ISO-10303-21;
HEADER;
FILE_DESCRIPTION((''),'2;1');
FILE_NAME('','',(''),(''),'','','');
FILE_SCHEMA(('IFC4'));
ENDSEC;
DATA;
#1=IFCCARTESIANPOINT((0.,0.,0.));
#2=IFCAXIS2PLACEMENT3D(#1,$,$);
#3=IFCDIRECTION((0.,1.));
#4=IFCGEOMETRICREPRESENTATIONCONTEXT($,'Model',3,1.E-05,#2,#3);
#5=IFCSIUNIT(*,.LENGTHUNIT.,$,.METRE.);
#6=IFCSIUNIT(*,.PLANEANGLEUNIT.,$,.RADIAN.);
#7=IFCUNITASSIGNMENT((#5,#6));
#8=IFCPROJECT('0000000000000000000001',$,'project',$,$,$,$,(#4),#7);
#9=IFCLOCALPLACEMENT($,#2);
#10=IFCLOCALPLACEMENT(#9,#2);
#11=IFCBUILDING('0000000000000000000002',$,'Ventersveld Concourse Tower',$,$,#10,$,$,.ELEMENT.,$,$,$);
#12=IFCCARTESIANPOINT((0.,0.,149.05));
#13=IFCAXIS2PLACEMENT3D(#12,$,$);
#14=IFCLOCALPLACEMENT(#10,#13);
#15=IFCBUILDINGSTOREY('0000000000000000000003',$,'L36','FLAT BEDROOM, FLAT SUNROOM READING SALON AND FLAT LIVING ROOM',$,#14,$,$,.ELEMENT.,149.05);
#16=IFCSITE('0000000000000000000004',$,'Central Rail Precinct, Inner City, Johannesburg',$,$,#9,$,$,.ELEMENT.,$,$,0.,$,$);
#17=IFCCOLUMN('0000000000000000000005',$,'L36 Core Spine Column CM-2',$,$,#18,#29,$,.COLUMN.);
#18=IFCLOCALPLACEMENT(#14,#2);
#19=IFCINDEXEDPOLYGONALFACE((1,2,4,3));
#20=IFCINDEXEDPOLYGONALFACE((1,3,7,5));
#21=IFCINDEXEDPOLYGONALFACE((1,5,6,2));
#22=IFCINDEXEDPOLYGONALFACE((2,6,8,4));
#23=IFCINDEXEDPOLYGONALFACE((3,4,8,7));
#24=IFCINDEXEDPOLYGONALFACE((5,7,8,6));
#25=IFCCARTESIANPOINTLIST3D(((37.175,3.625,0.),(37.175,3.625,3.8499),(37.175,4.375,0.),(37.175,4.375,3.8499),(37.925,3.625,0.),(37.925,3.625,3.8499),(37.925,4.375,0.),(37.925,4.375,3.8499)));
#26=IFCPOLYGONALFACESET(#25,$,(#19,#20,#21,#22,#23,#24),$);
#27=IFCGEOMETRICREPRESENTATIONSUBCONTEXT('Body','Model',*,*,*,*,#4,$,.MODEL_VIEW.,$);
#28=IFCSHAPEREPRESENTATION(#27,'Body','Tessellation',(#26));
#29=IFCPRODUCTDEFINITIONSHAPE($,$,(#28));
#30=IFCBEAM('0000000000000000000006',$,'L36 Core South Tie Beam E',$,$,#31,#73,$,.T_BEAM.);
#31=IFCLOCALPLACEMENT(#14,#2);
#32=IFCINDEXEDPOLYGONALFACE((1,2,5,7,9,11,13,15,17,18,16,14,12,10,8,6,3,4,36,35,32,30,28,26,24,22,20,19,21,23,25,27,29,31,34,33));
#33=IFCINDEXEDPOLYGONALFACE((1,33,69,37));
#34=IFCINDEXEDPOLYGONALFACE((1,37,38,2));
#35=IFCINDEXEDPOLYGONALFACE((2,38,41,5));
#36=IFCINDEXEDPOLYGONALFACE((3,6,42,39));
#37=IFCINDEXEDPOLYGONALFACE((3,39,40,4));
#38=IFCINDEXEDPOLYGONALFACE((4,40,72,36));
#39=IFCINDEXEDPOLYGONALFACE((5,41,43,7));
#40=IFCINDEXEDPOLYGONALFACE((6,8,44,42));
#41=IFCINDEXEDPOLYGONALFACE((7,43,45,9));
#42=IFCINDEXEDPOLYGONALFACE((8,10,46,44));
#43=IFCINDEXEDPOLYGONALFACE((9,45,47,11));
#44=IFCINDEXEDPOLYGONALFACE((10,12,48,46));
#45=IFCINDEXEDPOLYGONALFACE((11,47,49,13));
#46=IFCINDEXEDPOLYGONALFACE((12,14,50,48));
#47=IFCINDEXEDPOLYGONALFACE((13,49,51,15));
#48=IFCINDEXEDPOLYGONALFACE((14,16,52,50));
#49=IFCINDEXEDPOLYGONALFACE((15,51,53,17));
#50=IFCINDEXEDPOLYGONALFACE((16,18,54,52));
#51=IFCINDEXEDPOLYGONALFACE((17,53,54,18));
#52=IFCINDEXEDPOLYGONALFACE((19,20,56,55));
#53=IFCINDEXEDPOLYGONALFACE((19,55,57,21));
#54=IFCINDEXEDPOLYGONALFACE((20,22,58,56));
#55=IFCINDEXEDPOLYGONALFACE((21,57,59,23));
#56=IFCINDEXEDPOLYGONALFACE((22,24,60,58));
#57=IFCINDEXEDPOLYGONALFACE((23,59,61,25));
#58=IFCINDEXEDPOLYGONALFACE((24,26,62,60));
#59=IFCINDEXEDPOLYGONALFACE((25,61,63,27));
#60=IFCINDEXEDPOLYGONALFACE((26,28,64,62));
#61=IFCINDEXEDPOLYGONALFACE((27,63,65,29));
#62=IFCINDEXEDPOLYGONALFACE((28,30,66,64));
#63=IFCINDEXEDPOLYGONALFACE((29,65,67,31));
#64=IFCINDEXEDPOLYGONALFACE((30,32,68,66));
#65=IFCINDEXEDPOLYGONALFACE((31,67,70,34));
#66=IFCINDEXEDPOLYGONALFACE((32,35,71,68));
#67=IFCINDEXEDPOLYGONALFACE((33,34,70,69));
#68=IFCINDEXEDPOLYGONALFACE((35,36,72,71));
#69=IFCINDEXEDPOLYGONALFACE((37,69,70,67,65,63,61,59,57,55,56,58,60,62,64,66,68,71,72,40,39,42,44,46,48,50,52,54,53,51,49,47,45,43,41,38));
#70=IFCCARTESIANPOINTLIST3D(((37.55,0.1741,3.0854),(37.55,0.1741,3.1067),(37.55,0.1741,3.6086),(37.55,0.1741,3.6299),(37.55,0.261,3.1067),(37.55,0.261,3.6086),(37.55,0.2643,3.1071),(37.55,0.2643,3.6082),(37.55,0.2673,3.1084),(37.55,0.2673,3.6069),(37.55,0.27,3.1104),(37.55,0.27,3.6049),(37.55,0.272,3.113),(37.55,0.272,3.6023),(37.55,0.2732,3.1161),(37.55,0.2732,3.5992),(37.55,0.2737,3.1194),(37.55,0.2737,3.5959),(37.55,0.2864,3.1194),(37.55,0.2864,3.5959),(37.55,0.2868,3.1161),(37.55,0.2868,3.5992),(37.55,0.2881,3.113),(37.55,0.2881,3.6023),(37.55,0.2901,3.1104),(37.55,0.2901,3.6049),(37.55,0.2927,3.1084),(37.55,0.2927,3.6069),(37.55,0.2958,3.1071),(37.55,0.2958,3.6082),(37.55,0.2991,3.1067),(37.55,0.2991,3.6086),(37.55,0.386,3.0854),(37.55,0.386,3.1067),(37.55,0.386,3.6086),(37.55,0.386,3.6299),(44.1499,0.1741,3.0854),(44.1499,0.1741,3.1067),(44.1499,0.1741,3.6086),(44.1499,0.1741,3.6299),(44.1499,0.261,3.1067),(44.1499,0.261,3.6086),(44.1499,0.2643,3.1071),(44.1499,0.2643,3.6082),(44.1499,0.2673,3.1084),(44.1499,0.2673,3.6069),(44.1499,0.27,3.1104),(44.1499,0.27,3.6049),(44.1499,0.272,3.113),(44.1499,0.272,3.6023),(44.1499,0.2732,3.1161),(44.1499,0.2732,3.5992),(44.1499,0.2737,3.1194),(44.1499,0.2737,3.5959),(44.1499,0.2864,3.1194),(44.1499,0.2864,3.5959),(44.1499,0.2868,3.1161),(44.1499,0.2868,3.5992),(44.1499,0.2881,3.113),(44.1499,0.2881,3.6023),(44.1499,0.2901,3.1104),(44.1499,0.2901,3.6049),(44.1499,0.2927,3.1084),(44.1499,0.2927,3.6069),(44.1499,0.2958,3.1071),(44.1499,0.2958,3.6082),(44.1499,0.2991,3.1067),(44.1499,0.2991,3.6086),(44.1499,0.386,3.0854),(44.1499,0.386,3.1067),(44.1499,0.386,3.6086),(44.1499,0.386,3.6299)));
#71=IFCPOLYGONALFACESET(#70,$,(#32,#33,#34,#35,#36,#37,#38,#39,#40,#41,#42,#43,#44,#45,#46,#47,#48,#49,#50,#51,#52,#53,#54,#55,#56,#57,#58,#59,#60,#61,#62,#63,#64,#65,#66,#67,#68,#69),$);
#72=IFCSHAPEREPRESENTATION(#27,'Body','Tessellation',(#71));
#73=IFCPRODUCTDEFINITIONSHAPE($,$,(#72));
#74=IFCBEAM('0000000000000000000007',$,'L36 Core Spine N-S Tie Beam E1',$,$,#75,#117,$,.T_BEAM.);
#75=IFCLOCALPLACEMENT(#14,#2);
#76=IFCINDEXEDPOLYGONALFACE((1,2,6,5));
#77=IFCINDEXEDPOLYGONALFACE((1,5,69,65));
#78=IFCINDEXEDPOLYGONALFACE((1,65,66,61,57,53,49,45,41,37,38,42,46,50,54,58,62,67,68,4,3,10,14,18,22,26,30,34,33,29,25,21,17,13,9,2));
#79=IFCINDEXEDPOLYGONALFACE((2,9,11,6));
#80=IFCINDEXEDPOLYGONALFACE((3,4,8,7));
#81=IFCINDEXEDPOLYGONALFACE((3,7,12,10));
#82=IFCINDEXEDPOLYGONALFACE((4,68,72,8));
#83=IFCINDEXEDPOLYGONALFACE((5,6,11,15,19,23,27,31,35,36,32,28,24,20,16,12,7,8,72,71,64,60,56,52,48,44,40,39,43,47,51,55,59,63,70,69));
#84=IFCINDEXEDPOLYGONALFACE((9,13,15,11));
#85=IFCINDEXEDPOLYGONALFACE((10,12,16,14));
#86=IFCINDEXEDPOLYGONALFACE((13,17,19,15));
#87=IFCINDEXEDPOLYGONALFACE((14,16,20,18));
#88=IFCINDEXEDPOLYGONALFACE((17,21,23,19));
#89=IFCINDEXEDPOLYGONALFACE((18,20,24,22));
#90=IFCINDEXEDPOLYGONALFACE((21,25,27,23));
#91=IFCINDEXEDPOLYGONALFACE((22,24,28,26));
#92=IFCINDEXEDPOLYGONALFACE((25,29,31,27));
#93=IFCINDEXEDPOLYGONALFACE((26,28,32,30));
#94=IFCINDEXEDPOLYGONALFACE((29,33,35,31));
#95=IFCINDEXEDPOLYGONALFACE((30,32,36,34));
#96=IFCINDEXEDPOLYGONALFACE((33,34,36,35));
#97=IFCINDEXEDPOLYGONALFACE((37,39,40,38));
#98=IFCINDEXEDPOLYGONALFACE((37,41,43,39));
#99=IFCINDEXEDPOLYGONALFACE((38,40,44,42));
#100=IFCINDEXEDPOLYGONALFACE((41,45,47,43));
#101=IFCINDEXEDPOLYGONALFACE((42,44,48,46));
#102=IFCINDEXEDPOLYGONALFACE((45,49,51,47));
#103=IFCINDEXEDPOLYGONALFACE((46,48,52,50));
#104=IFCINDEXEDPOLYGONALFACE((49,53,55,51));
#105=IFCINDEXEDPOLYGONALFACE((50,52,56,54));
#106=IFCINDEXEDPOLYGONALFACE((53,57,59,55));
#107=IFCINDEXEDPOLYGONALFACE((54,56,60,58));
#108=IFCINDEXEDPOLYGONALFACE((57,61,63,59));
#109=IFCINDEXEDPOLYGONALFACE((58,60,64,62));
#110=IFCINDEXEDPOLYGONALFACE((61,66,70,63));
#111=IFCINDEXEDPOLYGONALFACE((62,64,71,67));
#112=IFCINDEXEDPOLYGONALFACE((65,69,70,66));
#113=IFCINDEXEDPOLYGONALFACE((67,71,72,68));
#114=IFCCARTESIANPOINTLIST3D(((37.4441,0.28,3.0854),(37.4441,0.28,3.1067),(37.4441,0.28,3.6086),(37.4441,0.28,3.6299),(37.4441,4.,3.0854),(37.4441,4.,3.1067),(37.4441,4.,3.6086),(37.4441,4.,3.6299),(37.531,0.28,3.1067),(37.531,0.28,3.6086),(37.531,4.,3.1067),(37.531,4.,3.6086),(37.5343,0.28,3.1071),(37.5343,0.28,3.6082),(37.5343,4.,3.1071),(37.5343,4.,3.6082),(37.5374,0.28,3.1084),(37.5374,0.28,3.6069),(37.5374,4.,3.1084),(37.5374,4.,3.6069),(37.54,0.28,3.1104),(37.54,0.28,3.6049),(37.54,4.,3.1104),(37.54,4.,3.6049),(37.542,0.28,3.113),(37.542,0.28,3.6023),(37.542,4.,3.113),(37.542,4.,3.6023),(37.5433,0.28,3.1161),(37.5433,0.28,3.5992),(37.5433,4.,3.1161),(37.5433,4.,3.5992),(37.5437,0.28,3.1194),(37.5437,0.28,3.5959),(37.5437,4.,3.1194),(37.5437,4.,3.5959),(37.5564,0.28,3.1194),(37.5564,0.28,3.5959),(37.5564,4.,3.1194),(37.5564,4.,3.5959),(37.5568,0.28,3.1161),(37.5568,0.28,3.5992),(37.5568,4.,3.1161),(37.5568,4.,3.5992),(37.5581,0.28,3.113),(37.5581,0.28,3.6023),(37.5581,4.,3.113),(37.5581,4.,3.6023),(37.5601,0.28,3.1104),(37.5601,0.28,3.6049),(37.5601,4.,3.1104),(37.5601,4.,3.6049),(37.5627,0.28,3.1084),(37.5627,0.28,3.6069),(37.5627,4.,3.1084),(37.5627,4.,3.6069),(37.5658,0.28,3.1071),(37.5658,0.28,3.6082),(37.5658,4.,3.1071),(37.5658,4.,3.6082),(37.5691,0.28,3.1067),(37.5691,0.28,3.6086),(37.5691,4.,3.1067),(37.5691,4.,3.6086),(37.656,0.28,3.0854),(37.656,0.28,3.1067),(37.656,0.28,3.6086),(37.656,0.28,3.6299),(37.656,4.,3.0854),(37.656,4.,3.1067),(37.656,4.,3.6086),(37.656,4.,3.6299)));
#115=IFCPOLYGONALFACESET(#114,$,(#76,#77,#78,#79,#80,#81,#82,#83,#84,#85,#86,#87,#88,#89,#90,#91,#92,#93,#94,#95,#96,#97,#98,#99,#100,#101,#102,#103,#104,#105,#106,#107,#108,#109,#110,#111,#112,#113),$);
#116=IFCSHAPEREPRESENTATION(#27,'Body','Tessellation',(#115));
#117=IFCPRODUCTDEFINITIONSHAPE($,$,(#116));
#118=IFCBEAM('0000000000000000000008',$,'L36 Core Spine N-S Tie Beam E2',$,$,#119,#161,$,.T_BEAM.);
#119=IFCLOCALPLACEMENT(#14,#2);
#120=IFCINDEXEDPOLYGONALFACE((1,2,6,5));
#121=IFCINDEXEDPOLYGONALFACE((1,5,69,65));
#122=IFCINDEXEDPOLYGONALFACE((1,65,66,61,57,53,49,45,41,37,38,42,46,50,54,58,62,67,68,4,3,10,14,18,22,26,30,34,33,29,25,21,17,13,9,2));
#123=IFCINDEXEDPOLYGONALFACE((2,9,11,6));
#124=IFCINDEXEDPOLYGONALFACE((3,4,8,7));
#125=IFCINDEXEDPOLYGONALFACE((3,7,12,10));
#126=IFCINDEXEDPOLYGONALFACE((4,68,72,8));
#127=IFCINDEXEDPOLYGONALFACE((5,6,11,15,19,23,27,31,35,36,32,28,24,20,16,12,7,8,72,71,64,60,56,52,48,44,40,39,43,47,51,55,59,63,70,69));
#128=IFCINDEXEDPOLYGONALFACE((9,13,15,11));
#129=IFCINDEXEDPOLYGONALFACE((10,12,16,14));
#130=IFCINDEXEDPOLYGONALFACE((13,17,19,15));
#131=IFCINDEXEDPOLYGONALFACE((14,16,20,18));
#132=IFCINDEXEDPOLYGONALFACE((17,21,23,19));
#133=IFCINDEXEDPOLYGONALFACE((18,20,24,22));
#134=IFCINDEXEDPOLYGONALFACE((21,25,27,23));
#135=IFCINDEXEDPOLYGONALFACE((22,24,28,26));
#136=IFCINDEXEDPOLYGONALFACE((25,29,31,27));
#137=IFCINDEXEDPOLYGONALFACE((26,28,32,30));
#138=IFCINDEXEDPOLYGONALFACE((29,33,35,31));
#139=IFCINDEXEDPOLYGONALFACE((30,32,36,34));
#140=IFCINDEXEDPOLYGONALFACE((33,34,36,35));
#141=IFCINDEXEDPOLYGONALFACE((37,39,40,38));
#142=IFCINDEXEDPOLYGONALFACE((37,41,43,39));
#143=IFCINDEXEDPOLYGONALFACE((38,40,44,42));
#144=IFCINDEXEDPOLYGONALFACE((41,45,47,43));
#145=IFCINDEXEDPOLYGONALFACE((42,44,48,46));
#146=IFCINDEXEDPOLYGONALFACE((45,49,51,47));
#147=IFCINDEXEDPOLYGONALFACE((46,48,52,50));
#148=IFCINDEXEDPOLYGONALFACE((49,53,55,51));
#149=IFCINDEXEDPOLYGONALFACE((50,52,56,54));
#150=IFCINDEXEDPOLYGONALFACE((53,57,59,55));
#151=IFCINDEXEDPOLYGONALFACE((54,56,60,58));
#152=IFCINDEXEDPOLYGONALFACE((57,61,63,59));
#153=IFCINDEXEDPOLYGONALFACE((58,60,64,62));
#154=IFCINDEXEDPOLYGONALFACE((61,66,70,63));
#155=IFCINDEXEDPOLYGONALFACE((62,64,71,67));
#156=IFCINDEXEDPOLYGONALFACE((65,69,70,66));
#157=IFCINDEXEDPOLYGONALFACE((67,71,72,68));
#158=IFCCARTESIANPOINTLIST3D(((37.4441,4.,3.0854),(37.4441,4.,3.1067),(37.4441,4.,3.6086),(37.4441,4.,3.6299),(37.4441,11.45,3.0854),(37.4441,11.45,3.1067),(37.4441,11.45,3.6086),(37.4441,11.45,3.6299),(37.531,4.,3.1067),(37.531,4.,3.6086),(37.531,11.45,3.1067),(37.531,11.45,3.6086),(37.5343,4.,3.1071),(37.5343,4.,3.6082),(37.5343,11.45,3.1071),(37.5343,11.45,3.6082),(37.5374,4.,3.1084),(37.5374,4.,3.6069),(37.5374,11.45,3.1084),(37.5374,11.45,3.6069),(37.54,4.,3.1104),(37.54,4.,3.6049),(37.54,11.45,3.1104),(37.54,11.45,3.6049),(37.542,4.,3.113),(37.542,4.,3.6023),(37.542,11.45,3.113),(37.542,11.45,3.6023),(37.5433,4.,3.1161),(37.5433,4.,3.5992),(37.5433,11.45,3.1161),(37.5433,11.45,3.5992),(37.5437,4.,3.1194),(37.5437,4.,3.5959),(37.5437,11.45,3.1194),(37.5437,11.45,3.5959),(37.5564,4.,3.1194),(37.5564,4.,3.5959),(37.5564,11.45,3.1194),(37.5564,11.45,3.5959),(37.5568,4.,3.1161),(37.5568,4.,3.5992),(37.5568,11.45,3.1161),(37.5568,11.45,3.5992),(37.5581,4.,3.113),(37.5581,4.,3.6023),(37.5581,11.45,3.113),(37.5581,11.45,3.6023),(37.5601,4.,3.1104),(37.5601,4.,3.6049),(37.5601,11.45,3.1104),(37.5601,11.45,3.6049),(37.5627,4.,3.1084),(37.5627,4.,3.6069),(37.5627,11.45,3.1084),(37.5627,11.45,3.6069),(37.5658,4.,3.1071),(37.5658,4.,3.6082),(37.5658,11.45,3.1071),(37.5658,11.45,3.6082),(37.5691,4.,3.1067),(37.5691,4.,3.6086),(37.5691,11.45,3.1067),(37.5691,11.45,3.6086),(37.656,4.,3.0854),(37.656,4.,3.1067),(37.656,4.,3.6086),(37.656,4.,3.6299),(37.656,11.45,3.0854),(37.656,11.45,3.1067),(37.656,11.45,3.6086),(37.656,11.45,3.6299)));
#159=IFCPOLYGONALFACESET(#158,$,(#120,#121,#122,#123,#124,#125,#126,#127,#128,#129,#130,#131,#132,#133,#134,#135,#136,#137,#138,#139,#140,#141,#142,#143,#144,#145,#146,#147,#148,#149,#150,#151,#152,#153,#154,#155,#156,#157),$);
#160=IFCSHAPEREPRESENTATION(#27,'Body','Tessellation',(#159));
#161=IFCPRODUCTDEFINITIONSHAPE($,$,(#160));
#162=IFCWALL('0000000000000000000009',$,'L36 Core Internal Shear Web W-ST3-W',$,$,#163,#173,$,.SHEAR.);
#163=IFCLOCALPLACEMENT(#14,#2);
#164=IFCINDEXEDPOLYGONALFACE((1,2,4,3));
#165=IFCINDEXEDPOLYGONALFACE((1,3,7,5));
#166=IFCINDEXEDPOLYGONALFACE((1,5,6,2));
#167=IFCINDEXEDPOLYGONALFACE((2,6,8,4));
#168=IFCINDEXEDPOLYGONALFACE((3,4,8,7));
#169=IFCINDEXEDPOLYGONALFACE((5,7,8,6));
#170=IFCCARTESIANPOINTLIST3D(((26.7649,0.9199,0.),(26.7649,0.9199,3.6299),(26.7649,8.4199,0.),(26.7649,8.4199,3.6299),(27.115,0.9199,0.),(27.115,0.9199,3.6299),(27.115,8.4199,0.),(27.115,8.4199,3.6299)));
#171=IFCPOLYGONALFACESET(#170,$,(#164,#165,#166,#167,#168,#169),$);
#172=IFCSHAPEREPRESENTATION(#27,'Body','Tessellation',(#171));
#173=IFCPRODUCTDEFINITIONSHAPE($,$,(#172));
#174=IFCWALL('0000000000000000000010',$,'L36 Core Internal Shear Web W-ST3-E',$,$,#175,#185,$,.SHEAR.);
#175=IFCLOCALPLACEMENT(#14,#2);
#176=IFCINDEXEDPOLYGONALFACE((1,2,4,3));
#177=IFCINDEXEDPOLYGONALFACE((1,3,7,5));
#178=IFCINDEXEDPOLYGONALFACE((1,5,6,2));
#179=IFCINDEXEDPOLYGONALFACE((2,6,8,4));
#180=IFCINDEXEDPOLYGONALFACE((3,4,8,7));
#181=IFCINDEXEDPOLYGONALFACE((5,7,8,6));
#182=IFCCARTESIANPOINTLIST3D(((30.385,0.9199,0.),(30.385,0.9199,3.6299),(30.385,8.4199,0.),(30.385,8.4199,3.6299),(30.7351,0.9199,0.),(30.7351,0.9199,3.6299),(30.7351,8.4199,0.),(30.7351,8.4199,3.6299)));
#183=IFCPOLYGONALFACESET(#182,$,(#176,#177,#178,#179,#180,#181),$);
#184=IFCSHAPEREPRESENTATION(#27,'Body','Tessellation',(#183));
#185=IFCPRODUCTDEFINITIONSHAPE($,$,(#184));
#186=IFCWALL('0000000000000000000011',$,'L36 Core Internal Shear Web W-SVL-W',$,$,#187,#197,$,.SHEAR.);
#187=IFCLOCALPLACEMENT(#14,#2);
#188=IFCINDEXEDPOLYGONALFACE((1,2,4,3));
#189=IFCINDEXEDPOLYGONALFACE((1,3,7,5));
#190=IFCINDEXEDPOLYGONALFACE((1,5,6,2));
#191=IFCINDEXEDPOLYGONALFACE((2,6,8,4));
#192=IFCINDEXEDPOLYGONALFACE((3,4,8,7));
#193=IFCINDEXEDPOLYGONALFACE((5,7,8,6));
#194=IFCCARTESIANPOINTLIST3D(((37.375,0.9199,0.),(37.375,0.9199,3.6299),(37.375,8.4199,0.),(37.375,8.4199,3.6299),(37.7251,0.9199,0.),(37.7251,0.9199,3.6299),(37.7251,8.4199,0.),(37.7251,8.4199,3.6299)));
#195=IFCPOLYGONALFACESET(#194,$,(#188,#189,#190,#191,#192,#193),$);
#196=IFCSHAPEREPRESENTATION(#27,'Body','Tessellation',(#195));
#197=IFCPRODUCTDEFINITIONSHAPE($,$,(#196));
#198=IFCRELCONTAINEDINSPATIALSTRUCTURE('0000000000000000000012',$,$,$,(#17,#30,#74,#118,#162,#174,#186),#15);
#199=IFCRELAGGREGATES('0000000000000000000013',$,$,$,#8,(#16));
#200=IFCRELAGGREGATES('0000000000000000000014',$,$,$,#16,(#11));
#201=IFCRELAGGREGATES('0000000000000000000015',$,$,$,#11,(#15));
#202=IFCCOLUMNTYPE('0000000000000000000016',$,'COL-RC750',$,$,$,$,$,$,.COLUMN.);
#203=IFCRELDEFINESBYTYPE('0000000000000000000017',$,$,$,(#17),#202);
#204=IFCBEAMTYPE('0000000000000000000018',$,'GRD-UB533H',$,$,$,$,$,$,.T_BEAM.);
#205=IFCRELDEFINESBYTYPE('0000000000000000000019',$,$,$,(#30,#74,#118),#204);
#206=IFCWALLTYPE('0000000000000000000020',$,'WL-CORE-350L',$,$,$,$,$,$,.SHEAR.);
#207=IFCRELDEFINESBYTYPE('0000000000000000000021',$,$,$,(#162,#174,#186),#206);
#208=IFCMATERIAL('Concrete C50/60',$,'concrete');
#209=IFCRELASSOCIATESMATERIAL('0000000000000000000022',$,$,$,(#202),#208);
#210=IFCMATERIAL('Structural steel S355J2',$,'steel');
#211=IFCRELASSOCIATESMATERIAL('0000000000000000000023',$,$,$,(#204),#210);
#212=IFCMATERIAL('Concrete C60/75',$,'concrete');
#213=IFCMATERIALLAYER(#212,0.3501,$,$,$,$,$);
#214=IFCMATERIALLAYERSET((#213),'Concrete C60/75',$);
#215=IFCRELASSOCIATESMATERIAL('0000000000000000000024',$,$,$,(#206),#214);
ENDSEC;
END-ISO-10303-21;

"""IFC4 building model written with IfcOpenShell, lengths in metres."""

from ifc_helpers import new_model, si_unit, direction, frame, frame_2d, origin, origin_2d, place, context, subcontext, project, spatial, rectangle, i_section, extrude, material, layer, layer_set, material_profile, profile_set, type_object, element, save


model = new_model("IFC4")

# Units and contexts
model_context = context("Model", 3, precision=1e-05, world=origin(), true_north=direction((0.0, 1.0)))
body_context = subcontext(model_context, "Body", "Model", "MODEL_VIEW")
ifc_project = project(units=[si_unit("LENGTHUNIT", "METRE"), si_unit("PLANEANGLEUNIT", "RADIAN")], contexts=[model_context])

# Site, building, storey
site_placement = place(None, origin())
site = spatial("IfcSite", under=ifc_project, at=site_placement, Name="Central Rail Precinct, Inner City, Johannesburg", CompositionType="ELEMENT", RefElevation=0.0)
building_placement = place(site_placement, origin())
building = spatial("IfcBuilding", under=site, at=building_placement, Name="Ventersveld Concourse Tower", CompositionType="ELEMENT")
storey_placement = place(building_placement, frame((0.0, 0.0, 149.05)))
storey = spatial("IfcBuildingStorey", under=building, at=storey_placement, Name="L36", Description="FLAT BEDROOM, FLAT SUNROOM READING SALON AND FLAT LIVING ROOM", CompositionType="ELEMENT", Elevation=149.05)

# Column
ifc_material_1 = material(Name="Concrete C50/60", Category="concrete")
ifc_material_profile_1 = material_profile(ifc_material_1, rectangle(XDim=0.75, YDim=0.75, at=origin_2d()), Name="RC 750x750")
ifc_profile_set_1 = profile_set([ifc_material_profile_1], Name="Concrete C50/60")
column_type = type_object("IfcColumnType", Name="COL-RC750", PredefinedType="COLUMN", material=ifc_profile_set_1)
column_placement = place(storey_placement, frame((37.55, 4.0, 0.0), z_axis=(0.0, 0.0, 1.0), x_axis=(1.0, 0.0, 0.0)))
element("IfcColumn", 1, at=column_placement, inside=storey, type_object=column_type, Name="L36 Core Spine Column CM-2", PredefinedType="COLUMN", context=body_context, shape_type="SweptSolid", body=[
    extrude(rectangle(XDim=0.75, YDim=0.75, at=origin_2d()), origin(), (0.0, 0.0, 1.0), 3.8499),
])

# Beams
ifc_material_2 = material(Name="Structural steel S355J2", Category="steel")
ifc_material_profile_2 = material_profile(ifc_material_2, i_section(OverallWidth=0.2119, OverallDepth=0.5444, WebThickness=0.0127, FlangeThickness=0.0212, FilletRadius=0.0127, at=origin_2d()), Name="UB 533x210x122")
ifc_profile_set_2 = profile_set([ifc_material_profile_2], Name="Structural steel S355J2")
beam_type = type_object("IfcBeamType", Name="GRD-UB533H", PredefinedType="T_BEAM", material=ifc_profile_set_2)
beam_1_placement = place(storey_placement, frame((37.55, 0.28, 3.3577), z_axis=(1.0, 0.0, 0.0), x_axis=(0.0, 1.0, 0.0)))
element("IfcBeam", 2, at=beam_1_placement, inside=storey, type_object=beam_type, Name="L36 Core South Tie Beam E", PredefinedType="T_BEAM", context=body_context, shape_type="SweptSolid", body=[
    extrude(i_section(OverallWidth=0.2119, OverallDepth=0.5444, WebThickness=0.0127, FlangeThickness=0.0212, FilletRadius=0.0127, at=origin_2d()), origin(), (0.0, 0.0, 1.0), 6.5999),
])
beam_2_placement = place(storey_placement, frame((37.55, 0.28, 3.3577), z_axis=(0.0, 1.0, 0.0), x_axis=(-1.0, 0.0, 0.0)))
element("IfcBeam", 3, at=beam_2_placement, inside=storey, type_object=beam_type, Name="L36 Core Spine N-S Tie Beam E1", PredefinedType="T_BEAM", context=body_context, shape_type="SweptSolid", body=[
    extrude(i_section(OverallWidth=0.2119, OverallDepth=0.5444, WebThickness=0.0127, FlangeThickness=0.0212, FilletRadius=0.0127, at=origin_2d()), origin(), (0.0, 0.0, 1.0), 3.72),
])
beam_3_placement = place(storey_placement, frame((37.55, 4.0, 3.3577), z_axis=(0.0, 1.0, 0.0), x_axis=(-1.0, 0.0, 0.0)))
element("IfcBeam", 4, at=beam_3_placement, inside=storey, type_object=beam_type, Name="L36 Core Spine N-S Tie Beam E2", PredefinedType="T_BEAM", context=body_context, shape_type="SweptSolid", body=[
    extrude(i_section(OverallWidth=0.2119, OverallDepth=0.5444, WebThickness=0.0127, FlangeThickness=0.0212, FilletRadius=0.0127, at=origin_2d()), origin(), (0.0, 0.0, 1.0), 7.45),
])

# Walls
ifc_material_3 = material(Name="Concrete C60/75", Category="concrete")
ifc_layer_1 = layer(ifc_material_3, 0.3501)
ifc_layer_set_1 = layer_set([ifc_layer_1], Name="Concrete C60/75")
wall_type_1 = type_object("IfcWallType", Name="WL-CORE-350L", PredefinedType="SHEAR", material=ifc_layer_set_1)
for number, where, z_axis, x_axis, name in (
    (5, (26.9399, 0.9199, 0.0), (0.0, 0.0, 1.0), (0.0, 1.0, 0.0), "L36 Core Internal Shear Web W-ST3-W"),
    (6, (30.5601, 0.9199, 0.0), (0.0, 0.0, 1.0), (0.0, 1.0, 0.0), "L36 Core Internal Shear Web W-ST3-E"),
    (7, (37.55, 0.9199, 0.0), (0.0, 0.0, 1.0), (0.0, 1.0, 0.0), "L36 Core Internal Shear Web W-SVL-W"),
):
    element("IfcWall", number, at=place(storey_placement, frame(where, z_axis=z_axis, x_axis=x_axis)), inside=storey, type_object=wall_type_1, Name=name, PredefinedType="SHEAR", context=body_context, shape_type="SweptSolid", body=[
        extrude(rectangle(XDim=7.5, YDim=0.3501, at=frame_2d((3.75, 0.0))), origin(), (0.0, 0.0, 1.0), 3.6299),
    ])

save(model, "model.ifc")
